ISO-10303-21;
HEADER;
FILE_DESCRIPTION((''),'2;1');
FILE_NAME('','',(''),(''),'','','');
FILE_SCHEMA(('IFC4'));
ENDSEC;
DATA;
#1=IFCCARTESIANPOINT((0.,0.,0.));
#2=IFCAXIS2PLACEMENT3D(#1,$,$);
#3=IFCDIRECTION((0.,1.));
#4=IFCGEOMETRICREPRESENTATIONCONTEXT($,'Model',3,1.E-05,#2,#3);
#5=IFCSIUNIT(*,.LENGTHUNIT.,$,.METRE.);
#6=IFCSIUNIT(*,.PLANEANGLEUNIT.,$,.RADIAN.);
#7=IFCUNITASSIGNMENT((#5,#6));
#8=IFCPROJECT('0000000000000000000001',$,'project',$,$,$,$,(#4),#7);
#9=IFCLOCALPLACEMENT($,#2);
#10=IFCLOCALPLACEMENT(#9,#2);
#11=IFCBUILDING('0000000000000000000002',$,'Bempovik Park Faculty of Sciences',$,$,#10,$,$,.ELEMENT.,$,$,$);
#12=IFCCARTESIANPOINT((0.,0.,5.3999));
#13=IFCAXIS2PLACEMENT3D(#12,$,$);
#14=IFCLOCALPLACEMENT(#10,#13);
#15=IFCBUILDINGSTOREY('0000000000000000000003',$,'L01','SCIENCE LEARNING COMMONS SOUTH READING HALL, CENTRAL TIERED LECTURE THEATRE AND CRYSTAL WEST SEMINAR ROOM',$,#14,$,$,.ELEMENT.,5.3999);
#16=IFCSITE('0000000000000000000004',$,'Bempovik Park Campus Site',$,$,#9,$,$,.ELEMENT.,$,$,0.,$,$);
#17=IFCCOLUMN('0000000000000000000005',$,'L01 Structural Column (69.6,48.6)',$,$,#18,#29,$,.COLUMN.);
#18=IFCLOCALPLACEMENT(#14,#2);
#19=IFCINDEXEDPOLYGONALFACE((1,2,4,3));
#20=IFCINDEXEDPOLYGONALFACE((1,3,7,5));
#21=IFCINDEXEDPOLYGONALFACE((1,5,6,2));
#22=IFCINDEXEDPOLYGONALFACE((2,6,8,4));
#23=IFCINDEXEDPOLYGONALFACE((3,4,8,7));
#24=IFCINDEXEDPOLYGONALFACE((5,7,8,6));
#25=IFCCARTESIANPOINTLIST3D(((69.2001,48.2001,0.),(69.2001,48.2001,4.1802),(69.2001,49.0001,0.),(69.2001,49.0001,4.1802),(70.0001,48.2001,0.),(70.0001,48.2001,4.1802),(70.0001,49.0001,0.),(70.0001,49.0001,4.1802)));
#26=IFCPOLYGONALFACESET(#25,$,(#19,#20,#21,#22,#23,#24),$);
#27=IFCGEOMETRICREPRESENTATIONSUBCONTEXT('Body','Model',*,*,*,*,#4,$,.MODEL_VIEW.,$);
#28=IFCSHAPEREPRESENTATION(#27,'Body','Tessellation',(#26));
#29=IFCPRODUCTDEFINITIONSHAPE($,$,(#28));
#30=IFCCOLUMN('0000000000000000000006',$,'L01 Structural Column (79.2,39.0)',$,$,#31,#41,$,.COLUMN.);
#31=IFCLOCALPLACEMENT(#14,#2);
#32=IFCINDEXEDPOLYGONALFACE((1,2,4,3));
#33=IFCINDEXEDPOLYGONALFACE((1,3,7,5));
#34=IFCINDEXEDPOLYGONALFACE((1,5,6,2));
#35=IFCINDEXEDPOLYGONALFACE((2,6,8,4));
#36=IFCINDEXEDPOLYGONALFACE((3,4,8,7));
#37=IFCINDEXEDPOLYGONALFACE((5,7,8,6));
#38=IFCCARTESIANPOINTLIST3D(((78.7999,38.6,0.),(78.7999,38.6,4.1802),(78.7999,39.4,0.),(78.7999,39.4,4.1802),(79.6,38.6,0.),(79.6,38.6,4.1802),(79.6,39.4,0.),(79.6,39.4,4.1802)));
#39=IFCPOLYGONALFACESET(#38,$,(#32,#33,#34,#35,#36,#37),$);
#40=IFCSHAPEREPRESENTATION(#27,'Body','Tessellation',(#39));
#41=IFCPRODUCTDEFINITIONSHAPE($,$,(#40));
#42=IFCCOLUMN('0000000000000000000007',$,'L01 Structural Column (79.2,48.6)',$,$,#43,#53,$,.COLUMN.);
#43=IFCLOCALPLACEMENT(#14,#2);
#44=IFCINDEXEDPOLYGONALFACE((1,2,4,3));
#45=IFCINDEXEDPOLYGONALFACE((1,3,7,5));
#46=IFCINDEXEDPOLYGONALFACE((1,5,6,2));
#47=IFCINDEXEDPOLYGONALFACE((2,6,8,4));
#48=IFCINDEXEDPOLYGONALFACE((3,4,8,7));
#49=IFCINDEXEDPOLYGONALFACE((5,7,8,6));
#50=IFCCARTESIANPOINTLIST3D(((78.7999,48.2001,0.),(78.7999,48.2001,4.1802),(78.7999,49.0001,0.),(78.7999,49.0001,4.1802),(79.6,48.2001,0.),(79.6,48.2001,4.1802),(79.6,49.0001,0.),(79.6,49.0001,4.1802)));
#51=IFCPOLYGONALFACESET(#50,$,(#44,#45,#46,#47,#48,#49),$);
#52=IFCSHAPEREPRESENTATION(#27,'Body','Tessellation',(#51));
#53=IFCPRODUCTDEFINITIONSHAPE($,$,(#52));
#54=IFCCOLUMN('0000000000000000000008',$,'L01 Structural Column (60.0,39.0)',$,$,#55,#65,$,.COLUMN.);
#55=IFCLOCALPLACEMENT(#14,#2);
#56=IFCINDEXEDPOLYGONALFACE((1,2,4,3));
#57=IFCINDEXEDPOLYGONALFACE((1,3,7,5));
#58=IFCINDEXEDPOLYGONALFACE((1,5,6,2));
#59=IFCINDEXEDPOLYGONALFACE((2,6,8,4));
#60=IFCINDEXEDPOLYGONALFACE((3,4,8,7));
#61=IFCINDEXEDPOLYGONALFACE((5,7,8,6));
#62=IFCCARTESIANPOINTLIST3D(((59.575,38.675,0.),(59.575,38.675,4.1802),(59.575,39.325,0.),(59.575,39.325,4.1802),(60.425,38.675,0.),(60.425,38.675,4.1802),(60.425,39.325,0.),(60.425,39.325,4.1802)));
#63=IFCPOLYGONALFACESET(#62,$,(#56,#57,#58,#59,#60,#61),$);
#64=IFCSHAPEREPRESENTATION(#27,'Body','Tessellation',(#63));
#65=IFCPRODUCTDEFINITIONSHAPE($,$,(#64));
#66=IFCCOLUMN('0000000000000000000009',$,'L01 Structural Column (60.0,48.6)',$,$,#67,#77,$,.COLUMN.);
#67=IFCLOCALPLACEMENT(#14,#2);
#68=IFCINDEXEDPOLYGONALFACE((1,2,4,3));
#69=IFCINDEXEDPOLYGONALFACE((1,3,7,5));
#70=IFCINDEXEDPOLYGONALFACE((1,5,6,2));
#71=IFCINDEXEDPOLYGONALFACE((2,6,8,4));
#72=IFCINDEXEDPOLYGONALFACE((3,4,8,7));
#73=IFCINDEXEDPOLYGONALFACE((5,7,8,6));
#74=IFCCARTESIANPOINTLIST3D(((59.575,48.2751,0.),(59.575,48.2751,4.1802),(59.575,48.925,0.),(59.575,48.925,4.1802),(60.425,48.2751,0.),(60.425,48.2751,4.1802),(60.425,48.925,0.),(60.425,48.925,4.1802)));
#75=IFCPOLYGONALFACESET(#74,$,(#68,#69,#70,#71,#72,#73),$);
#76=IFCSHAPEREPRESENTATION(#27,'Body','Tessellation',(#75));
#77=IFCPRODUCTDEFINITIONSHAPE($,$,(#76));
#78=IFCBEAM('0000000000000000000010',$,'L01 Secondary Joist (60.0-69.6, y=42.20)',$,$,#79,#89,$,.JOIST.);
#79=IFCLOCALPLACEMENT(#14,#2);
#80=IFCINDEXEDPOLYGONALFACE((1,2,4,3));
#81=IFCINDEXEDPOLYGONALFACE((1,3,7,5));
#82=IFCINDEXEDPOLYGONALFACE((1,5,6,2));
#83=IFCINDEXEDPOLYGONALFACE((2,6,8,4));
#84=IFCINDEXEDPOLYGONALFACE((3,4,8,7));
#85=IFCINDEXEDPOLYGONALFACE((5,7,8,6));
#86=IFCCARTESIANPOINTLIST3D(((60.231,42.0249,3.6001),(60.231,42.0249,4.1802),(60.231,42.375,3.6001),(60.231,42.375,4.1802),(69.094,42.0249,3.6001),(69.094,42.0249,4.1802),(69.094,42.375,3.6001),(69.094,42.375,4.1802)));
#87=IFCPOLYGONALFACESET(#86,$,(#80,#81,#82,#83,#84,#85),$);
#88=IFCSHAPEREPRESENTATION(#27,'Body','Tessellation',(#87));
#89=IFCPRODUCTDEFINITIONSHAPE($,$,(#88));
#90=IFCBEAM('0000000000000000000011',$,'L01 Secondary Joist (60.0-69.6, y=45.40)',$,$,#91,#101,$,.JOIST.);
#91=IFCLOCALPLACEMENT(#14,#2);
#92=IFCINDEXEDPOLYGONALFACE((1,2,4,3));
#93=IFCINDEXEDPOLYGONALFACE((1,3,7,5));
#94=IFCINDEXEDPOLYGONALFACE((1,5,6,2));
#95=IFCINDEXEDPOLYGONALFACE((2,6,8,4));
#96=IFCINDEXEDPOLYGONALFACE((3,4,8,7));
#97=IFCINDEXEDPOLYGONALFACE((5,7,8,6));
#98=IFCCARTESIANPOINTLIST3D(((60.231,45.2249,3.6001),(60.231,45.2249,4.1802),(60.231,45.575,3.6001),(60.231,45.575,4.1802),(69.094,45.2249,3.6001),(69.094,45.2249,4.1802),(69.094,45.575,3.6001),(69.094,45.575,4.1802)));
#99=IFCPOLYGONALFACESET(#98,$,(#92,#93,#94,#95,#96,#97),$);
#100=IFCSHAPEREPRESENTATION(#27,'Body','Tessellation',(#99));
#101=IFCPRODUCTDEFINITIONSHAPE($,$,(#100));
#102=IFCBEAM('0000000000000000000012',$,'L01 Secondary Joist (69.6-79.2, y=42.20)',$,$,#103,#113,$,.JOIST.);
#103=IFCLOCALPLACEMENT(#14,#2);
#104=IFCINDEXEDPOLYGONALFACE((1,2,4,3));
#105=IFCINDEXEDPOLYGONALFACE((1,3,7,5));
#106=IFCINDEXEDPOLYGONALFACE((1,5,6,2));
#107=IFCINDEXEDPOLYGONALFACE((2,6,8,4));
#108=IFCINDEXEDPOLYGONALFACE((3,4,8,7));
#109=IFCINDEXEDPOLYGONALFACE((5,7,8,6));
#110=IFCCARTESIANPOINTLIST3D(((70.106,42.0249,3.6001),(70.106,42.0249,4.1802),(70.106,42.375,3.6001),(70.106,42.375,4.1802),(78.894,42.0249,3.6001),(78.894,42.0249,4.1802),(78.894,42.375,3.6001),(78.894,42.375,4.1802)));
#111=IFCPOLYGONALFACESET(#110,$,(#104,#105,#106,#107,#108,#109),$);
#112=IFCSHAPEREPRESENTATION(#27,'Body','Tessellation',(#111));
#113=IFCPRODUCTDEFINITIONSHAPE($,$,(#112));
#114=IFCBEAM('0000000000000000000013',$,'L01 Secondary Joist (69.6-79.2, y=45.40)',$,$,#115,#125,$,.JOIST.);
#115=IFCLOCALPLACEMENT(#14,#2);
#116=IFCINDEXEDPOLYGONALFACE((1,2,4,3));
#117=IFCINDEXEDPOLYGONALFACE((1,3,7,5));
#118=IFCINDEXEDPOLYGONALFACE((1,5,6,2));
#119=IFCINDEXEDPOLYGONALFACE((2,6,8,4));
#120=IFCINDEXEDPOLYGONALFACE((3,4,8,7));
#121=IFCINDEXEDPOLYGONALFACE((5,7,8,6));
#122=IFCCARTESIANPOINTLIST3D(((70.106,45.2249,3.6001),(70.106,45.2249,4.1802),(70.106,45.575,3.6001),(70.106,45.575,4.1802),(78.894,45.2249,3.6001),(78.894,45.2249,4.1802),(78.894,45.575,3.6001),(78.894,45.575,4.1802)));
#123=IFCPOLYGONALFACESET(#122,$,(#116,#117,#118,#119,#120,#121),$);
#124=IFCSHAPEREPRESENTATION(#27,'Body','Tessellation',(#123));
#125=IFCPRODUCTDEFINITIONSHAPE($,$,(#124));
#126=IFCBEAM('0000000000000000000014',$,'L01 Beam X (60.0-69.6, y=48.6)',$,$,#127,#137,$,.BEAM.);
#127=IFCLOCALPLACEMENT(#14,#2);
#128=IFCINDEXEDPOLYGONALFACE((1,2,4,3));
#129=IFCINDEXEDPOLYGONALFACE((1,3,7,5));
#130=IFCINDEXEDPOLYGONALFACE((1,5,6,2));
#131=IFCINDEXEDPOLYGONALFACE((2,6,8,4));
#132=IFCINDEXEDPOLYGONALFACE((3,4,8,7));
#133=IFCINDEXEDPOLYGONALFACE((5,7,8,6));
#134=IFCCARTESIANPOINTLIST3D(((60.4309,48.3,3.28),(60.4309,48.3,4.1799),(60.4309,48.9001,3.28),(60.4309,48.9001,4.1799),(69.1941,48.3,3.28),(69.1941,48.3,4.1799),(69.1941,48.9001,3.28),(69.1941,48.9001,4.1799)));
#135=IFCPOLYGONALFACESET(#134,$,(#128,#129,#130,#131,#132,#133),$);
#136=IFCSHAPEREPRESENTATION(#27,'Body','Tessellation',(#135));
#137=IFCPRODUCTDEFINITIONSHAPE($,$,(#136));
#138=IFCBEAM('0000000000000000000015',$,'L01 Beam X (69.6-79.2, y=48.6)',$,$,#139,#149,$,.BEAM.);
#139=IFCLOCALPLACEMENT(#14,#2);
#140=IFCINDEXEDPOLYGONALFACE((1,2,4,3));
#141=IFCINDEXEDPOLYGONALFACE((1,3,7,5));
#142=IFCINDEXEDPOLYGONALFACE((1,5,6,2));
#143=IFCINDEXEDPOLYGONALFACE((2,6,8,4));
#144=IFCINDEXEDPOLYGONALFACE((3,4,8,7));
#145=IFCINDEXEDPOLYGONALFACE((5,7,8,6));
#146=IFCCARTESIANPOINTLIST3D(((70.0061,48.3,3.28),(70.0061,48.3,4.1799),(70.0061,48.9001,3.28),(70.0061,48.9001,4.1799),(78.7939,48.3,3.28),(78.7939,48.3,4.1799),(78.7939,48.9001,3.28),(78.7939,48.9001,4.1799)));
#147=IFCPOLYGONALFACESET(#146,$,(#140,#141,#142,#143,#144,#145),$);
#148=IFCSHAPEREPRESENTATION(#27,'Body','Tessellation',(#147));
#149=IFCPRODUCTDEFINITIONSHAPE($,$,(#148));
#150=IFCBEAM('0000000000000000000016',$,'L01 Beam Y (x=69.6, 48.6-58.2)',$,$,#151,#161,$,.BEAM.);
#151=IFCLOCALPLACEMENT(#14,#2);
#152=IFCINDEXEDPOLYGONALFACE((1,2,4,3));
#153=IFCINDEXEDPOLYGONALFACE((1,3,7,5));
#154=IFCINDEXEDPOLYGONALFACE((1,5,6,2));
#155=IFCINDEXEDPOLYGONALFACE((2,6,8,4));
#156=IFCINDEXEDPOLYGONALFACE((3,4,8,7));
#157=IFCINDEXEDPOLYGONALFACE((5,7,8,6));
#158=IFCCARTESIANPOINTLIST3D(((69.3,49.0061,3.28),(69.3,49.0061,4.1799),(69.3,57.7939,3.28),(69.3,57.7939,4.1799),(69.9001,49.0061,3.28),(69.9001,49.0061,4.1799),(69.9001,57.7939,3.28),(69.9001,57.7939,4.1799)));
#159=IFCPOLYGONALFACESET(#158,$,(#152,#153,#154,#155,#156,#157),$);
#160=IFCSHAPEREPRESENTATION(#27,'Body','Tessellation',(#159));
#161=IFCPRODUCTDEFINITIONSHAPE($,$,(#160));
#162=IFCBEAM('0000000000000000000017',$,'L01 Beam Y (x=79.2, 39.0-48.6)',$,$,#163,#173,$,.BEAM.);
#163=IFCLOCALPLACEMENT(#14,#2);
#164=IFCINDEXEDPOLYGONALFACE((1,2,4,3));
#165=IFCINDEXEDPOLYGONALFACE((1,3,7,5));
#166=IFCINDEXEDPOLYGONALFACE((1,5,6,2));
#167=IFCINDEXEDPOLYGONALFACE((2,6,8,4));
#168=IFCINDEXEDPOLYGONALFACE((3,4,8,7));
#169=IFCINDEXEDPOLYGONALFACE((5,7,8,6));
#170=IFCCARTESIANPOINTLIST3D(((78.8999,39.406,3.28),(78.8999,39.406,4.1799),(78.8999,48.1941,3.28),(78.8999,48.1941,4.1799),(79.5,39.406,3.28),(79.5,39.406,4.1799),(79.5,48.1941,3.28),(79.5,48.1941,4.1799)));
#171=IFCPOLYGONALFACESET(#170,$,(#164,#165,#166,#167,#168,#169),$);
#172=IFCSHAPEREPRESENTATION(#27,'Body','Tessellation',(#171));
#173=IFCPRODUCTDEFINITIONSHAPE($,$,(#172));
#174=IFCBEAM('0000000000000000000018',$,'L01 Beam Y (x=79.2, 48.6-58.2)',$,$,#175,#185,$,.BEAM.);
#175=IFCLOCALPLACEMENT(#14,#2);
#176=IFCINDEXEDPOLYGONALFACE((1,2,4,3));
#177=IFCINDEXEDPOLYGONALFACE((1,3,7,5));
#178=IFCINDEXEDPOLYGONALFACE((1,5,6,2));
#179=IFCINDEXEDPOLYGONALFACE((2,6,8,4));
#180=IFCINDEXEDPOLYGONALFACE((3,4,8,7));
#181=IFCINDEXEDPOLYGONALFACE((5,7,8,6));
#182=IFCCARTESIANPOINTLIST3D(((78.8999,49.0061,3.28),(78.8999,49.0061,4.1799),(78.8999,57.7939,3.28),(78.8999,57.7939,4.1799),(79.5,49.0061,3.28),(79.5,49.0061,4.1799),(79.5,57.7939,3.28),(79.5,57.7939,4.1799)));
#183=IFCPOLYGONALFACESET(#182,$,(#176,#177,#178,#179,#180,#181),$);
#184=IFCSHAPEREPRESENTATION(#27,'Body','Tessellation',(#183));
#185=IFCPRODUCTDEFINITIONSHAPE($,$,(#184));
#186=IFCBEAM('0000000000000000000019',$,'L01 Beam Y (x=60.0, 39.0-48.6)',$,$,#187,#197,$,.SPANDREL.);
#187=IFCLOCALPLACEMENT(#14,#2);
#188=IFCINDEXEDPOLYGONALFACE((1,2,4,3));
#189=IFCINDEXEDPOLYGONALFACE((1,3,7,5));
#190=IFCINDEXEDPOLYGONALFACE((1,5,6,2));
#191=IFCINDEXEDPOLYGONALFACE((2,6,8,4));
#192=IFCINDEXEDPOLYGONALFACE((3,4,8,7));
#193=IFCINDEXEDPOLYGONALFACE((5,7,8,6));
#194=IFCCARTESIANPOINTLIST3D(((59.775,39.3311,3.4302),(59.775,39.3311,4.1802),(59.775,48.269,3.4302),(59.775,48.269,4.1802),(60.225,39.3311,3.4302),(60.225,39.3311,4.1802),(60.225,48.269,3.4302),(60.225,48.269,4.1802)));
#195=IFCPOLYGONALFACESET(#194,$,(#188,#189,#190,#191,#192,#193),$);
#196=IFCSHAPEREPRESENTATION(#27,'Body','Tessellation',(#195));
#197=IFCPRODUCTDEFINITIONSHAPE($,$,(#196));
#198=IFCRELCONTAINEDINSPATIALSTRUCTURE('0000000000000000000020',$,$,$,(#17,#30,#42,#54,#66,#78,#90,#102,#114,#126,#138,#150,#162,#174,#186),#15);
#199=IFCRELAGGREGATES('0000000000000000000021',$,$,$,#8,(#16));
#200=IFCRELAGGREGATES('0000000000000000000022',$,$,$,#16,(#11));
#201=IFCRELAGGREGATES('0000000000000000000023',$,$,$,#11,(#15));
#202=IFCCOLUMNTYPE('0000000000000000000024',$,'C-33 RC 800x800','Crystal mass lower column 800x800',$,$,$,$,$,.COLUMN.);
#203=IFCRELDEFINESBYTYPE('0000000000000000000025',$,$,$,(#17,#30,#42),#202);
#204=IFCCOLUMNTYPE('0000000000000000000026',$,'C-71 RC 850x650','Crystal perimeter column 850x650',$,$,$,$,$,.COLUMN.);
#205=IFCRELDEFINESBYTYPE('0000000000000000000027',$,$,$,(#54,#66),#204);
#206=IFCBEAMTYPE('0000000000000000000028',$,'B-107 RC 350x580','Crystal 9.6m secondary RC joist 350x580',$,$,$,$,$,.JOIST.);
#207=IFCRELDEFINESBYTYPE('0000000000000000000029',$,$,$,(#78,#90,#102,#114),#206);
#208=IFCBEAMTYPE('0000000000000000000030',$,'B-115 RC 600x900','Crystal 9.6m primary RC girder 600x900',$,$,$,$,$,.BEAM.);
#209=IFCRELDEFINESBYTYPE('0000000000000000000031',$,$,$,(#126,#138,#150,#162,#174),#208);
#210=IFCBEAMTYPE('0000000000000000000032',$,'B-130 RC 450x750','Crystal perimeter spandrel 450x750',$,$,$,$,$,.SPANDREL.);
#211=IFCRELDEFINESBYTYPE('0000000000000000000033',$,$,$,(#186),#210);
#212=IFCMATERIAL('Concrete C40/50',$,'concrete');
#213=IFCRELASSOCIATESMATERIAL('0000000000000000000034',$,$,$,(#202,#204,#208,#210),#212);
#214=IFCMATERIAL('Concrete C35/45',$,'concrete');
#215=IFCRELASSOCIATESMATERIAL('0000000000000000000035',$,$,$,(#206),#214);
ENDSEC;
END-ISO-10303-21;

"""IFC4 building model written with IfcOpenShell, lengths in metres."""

from ifc_helpers import new_model, si_unit, direction, frame, origin, origin_2d, place, context, subcontext, project, spatial, rectangle, extrude, material, material_profile, profile_set, type_object, element, save


model = new_model("IFC4")

# Units and contexts
model_context = context("Model", 3, precision=1e-05, world=origin(), true_north=direction((0.0, 1.0)))
body_context = subcontext(model_context, "Body", "Model", "MODEL_VIEW")
ifc_project = project(units=[si_unit("LENGTHUNIT", "METRE"), si_unit("PLANEANGLEUNIT", "RADIAN")], contexts=[model_context])

# Site, building, storey
site_placement = place(None, origin())
site = spatial("IfcSite", under=ifc_project, at=site_placement, Name="Bempovik Park Campus Site", CompositionType="ELEMENT", RefElevation=0.0)
building_placement = place(site_placement, origin())
building = spatial("IfcBuilding", under=site, at=building_placement, Name="Bempovik Park Faculty of Sciences", CompositionType="ELEMENT")
storey_placement = place(building_placement, frame((0.0, 0.0, 5.3999)))
storey = spatial("IfcBuildingStorey", under=building, at=storey_placement, Name="L01", Description="SCIENCE LEARNING COMMONS SOUTH READING HALL, CENTRAL TIERED LECTURE THEATRE AND CRYSTAL WEST SEMINAR ROOM", CompositionType="ELEMENT", Elevation=5.3999)

# Columns
ifc_material_1 = material(Name="Concrete C40/50", Category="concrete")
ifc_material_profile_1 = material_profile(ifc_material_1, rectangle(XDim=0.8, YDim=0.8, at=origin_2d()), Name="RC 800x800")
ifc_profile_set_1 = profile_set([ifc_material_profile_1], Name="Concrete C40/50")
column_type_1 = type_object("IfcColumnType", Name="C-33 RC 800x800", Description="Crystal mass lower column 800x800", PredefinedType="COLUMN", material=ifc_profile_set_1)
for number, where, z_axis, x_axis, name in (
    (1, (69.6001, 48.6001, 0.0), (0.0, 0.0, 1.0), (1.0, 0.0, 0.0), "L01 Structural Column (69.6,48.6)"),
    (2, (79.2, 39.0, 0.0), (0.0, 0.0, 1.0), (1.0, 0.0, 0.0), "L01 Structural Column (79.2,39.0)"),
    (3, (79.2, 48.6001, 0.0), (0.0, 0.0, 1.0), (1.0, 0.0, 0.0), "L01 Structural Column (79.2,48.6)"),
):
    element("IfcColumn", number, at=place(storey_placement, frame(where, z_axis=z_axis, x_axis=x_axis)), inside=storey, type_object=column_type_1, Name=name, PredefinedType="COLUMN", context=body_context, shape_type="SweptSolid", body=[
        extrude(rectangle(XDim=0.8, YDim=0.8, at=origin_2d()), origin(), (0.0, 0.0, 1.0), 4.1802),
    ])
ifc_material_profile_2 = material_profile(ifc_material_1, rectangle(XDim=0.8501, YDim=0.6499, at=origin_2d()), Name="RC 850x650")
ifc_profile_set_2 = profile_set([ifc_material_profile_2], Name="Concrete C40/50")
column_type_2 = type_object("IfcColumnType", Name="C-71 RC 850x650", Description="Crystal perimeter column 850x650", PredefinedType="COLUMN", material=ifc_profile_set_2)
for number, where, z_axis, x_axis, name in (
    (4, (60.0, 39.0, 0.0), (0.0, 0.0, 1.0), (1.0, 0.0, 0.0), "L01 Structural Column (60.0,39.0)"),
    (5, (60.0, 48.6001, 0.0), (0.0, 0.0, 1.0), (1.0, 0.0, 0.0), "L01 Structural Column (60.0,48.6)"),
):
    element("IfcColumn", number, at=place(storey_placement, frame(where, z_axis=z_axis, x_axis=x_axis)), inside=storey, type_object=column_type_2, Name=name, PredefinedType="COLUMN", context=body_context, shape_type="SweptSolid", body=[
        extrude(rectangle(XDim=0.8501, YDim=0.6499, at=origin_2d()), origin(), (0.0, 0.0, 1.0), 4.1802),
    ])

# Beams
ifc_material_2 = material(Name="Concrete C35/45", Category="concrete")
ifc_material_profile_3 = material_profile(ifc_material_2, rectangle(XDim=0.3501, YDim=0.5801, at=origin_2d()), Name="RC 350x580")
ifc_profile_set_3 = profile_set([ifc_material_profile_3], Name="Concrete C35/45")
beam_type_1 = type_object("IfcBeamType", Name="B-107 RC 350x580", Description="Crystal 9.6m secondary RC joist 350x580", PredefinedType="JOIST", material=ifc_profile_set_3)
for number, where, z_axis, x_axis, name in (
    (6, (60.231, 42.2, 3.8901), (1.0, 0.0, 0.0), (0.0, 1.0, 0.0), "L01 Secondary Joist (60.0-69.6, y=42.20)"),
    (7, (60.231, 45.3999, 3.8901), (1.0, 0.0, 0.0), (0.0, 1.0, 0.0), "L01 Secondary Joist (60.0-69.6, y=45.40)"),
):
    element("IfcBeam", number, at=place(storey_placement, frame(where, z_axis=z_axis, x_axis=x_axis)), inside=storey, type_object=beam_type_1, Name=name, PredefinedType="JOIST", context=body_context, shape_type="SweptSolid", body=[
        extrude(rectangle(XDim=0.3501, YDim=0.5801, at=origin_2d()), origin(), (0.0, 0.0, 1.0), 8.863),
    ])
for number, where, z_axis, x_axis, name in (
    (8, (70.106, 42.2, 3.8901), (1.0, 0.0, 0.0), (0.0, 1.0, 0.0), "L01 Secondary Joist (69.6-79.2, y=42.20)"),
    (9, (70.106, 45.3999, 3.8901), (1.0, 0.0, 0.0), (0.0, 1.0, 0.0), "L01 Secondary Joist (69.6-79.2, y=45.40)"),
):
    element("IfcBeam", number, at=place(storey_placement, frame(where, z_axis=z_axis, x_axis=x_axis)), inside=storey, type_object=beam_type_1, Name=name, PredefinedType="JOIST", context=body_context, shape_type="SweptSolid", body=[
        extrude(rectangle(XDim=0.3501, YDim=0.5801, at=origin_2d()), origin(), (0.0, 0.0, 1.0), 8.7881),
    ])
ifc_material_profile_4 = material_profile(ifc_material_1, rectangle(XDim=0.6001, YDim=0.8999, at=origin_2d()), Name="RC 600x900")
ifc_profile_set_4 = profile_set([ifc_material_profile_4], Name="Concrete C40/50")
beam_type_2 = type_object("IfcBeamType", Name="B-115 RC 600x900", Description="Crystal 9.6m primary RC girder 600x900", PredefinedType="BEAM", material=ifc_profile_set_4)
beam_1_placement = place(storey_placement, frame((60.4309, 48.6001, 3.73), z_axis=(1.0, 0.0, 0.0), x_axis=(0.0, 1.0, 0.0)))
element("IfcBeam", 10, at=beam_1_placement, inside=storey, type_object=beam_type_2, Name="L01 Beam X (60.0-69.6, y=48.6)", PredefinedType="BEAM", context=body_context, shape_type="SweptSolid", body=[
    extrude(rectangle(XDim=0.6001, YDim=0.8999, at=origin_2d()), origin(), (0.0, 0.0, 1.0), 8.7632),
])
for number, where, z_axis, x_axis, name in (
    (11, (70.0061, 48.6001, 3.73), (1.0, 0.0, 0.0), (0.0, 1.0, 0.0), "L01 Beam X (69.6-79.2, y=48.6)"),
    (12, (69.6001, 49.0061, 3.73), (0.0, 1.0, 0.0), (-1.0, 0.0, 0.0), "L01 Beam Y (x=69.6, 48.6-58.2)"),
):
    element("IfcBeam", number, at=place(storey_placement, frame(where, z_axis=z_axis, x_axis=x_axis)), inside=storey, type_object=beam_type_2, Name=name, PredefinedType="BEAM", context=body_context, shape_type="SweptSolid", body=[
        extrude(rectangle(XDim=0.6001, YDim=0.8999, at=origin_2d()), origin(), (0.0, 0.0, 1.0), 8.7878),
    ])
beam_2_placement = place(storey_placement, frame((79.2, 39.406, 3.73), z_axis=(0.0, 1.0, 0.0), x_axis=(-1.0, 0.0, 0.0)))
element("IfcBeam", 13, at=beam_2_placement, inside=storey, type_object=beam_type_2, Name="L01 Beam Y (x=79.2, 39.0-48.6)", PredefinedType="BEAM", context=body_context, shape_type="SweptSolid", body=[
    extrude(rectangle(XDim=0.6001, YDim=0.8999, at=origin_2d()), origin(), (0.0, 0.0, 1.0), 8.7881),
])
beam_3_placement = place(storey_placement, frame((79.2, 49.0061, 3.73), z_axis=(0.0, 1.0, 0.0), x_axis=(-1.0, 0.0, 0.0)))
element("IfcBeam", 14, at=beam_3_placement, inside=storey, type_object=beam_type_2, Name="L01 Beam Y (x=79.2, 48.6-58.2)", PredefinedType="BEAM", context=body_context, shape_type="SweptSolid", body=[
    extrude(rectangle(XDim=0.6001, YDim=0.8999, at=origin_2d()), origin(), (0.0, 0.0, 1.0), 8.7878),
])
ifc_material_profile_5 = material_profile(ifc_material_1, rectangle(XDim=0.45, YDim=0.75, at=origin_2d()), Name="RC 450x750")
ifc_profile_set_5 = profile_set([ifc_material_profile_5], Name="Concrete C40/50")
beam_type_3 = type_object("IfcBeamType", Name="B-130 RC 450x750", Description="Crystal perimeter spandrel 450x750", PredefinedType="SPANDREL", material=ifc_profile_set_5)
for number, where, z_axis, x_axis, name in (
    (15, (60.0, 39.3311, 3.8052), (0.0, 1.0, 0.0), (-1.0, 0.0, 0.0), "L01 Beam Y (x=60.0, 39.0-48.6)"),
):
    element("IfcBeam", number, at=place(storey_placement, frame(where, z_axis=z_axis, x_axis=x_axis)), inside=storey, type_object=beam_type_3, Name=name, PredefinedType="SPANDREL", context=body_context, shape_type="SweptSolid", body=[
        extrude(rectangle(XDim=0.45, YDim=0.75, at=origin_2d()), origin(), (0.0, 0.0, 1.0), 8.938),
    ])

save(model, "model.ifc")
